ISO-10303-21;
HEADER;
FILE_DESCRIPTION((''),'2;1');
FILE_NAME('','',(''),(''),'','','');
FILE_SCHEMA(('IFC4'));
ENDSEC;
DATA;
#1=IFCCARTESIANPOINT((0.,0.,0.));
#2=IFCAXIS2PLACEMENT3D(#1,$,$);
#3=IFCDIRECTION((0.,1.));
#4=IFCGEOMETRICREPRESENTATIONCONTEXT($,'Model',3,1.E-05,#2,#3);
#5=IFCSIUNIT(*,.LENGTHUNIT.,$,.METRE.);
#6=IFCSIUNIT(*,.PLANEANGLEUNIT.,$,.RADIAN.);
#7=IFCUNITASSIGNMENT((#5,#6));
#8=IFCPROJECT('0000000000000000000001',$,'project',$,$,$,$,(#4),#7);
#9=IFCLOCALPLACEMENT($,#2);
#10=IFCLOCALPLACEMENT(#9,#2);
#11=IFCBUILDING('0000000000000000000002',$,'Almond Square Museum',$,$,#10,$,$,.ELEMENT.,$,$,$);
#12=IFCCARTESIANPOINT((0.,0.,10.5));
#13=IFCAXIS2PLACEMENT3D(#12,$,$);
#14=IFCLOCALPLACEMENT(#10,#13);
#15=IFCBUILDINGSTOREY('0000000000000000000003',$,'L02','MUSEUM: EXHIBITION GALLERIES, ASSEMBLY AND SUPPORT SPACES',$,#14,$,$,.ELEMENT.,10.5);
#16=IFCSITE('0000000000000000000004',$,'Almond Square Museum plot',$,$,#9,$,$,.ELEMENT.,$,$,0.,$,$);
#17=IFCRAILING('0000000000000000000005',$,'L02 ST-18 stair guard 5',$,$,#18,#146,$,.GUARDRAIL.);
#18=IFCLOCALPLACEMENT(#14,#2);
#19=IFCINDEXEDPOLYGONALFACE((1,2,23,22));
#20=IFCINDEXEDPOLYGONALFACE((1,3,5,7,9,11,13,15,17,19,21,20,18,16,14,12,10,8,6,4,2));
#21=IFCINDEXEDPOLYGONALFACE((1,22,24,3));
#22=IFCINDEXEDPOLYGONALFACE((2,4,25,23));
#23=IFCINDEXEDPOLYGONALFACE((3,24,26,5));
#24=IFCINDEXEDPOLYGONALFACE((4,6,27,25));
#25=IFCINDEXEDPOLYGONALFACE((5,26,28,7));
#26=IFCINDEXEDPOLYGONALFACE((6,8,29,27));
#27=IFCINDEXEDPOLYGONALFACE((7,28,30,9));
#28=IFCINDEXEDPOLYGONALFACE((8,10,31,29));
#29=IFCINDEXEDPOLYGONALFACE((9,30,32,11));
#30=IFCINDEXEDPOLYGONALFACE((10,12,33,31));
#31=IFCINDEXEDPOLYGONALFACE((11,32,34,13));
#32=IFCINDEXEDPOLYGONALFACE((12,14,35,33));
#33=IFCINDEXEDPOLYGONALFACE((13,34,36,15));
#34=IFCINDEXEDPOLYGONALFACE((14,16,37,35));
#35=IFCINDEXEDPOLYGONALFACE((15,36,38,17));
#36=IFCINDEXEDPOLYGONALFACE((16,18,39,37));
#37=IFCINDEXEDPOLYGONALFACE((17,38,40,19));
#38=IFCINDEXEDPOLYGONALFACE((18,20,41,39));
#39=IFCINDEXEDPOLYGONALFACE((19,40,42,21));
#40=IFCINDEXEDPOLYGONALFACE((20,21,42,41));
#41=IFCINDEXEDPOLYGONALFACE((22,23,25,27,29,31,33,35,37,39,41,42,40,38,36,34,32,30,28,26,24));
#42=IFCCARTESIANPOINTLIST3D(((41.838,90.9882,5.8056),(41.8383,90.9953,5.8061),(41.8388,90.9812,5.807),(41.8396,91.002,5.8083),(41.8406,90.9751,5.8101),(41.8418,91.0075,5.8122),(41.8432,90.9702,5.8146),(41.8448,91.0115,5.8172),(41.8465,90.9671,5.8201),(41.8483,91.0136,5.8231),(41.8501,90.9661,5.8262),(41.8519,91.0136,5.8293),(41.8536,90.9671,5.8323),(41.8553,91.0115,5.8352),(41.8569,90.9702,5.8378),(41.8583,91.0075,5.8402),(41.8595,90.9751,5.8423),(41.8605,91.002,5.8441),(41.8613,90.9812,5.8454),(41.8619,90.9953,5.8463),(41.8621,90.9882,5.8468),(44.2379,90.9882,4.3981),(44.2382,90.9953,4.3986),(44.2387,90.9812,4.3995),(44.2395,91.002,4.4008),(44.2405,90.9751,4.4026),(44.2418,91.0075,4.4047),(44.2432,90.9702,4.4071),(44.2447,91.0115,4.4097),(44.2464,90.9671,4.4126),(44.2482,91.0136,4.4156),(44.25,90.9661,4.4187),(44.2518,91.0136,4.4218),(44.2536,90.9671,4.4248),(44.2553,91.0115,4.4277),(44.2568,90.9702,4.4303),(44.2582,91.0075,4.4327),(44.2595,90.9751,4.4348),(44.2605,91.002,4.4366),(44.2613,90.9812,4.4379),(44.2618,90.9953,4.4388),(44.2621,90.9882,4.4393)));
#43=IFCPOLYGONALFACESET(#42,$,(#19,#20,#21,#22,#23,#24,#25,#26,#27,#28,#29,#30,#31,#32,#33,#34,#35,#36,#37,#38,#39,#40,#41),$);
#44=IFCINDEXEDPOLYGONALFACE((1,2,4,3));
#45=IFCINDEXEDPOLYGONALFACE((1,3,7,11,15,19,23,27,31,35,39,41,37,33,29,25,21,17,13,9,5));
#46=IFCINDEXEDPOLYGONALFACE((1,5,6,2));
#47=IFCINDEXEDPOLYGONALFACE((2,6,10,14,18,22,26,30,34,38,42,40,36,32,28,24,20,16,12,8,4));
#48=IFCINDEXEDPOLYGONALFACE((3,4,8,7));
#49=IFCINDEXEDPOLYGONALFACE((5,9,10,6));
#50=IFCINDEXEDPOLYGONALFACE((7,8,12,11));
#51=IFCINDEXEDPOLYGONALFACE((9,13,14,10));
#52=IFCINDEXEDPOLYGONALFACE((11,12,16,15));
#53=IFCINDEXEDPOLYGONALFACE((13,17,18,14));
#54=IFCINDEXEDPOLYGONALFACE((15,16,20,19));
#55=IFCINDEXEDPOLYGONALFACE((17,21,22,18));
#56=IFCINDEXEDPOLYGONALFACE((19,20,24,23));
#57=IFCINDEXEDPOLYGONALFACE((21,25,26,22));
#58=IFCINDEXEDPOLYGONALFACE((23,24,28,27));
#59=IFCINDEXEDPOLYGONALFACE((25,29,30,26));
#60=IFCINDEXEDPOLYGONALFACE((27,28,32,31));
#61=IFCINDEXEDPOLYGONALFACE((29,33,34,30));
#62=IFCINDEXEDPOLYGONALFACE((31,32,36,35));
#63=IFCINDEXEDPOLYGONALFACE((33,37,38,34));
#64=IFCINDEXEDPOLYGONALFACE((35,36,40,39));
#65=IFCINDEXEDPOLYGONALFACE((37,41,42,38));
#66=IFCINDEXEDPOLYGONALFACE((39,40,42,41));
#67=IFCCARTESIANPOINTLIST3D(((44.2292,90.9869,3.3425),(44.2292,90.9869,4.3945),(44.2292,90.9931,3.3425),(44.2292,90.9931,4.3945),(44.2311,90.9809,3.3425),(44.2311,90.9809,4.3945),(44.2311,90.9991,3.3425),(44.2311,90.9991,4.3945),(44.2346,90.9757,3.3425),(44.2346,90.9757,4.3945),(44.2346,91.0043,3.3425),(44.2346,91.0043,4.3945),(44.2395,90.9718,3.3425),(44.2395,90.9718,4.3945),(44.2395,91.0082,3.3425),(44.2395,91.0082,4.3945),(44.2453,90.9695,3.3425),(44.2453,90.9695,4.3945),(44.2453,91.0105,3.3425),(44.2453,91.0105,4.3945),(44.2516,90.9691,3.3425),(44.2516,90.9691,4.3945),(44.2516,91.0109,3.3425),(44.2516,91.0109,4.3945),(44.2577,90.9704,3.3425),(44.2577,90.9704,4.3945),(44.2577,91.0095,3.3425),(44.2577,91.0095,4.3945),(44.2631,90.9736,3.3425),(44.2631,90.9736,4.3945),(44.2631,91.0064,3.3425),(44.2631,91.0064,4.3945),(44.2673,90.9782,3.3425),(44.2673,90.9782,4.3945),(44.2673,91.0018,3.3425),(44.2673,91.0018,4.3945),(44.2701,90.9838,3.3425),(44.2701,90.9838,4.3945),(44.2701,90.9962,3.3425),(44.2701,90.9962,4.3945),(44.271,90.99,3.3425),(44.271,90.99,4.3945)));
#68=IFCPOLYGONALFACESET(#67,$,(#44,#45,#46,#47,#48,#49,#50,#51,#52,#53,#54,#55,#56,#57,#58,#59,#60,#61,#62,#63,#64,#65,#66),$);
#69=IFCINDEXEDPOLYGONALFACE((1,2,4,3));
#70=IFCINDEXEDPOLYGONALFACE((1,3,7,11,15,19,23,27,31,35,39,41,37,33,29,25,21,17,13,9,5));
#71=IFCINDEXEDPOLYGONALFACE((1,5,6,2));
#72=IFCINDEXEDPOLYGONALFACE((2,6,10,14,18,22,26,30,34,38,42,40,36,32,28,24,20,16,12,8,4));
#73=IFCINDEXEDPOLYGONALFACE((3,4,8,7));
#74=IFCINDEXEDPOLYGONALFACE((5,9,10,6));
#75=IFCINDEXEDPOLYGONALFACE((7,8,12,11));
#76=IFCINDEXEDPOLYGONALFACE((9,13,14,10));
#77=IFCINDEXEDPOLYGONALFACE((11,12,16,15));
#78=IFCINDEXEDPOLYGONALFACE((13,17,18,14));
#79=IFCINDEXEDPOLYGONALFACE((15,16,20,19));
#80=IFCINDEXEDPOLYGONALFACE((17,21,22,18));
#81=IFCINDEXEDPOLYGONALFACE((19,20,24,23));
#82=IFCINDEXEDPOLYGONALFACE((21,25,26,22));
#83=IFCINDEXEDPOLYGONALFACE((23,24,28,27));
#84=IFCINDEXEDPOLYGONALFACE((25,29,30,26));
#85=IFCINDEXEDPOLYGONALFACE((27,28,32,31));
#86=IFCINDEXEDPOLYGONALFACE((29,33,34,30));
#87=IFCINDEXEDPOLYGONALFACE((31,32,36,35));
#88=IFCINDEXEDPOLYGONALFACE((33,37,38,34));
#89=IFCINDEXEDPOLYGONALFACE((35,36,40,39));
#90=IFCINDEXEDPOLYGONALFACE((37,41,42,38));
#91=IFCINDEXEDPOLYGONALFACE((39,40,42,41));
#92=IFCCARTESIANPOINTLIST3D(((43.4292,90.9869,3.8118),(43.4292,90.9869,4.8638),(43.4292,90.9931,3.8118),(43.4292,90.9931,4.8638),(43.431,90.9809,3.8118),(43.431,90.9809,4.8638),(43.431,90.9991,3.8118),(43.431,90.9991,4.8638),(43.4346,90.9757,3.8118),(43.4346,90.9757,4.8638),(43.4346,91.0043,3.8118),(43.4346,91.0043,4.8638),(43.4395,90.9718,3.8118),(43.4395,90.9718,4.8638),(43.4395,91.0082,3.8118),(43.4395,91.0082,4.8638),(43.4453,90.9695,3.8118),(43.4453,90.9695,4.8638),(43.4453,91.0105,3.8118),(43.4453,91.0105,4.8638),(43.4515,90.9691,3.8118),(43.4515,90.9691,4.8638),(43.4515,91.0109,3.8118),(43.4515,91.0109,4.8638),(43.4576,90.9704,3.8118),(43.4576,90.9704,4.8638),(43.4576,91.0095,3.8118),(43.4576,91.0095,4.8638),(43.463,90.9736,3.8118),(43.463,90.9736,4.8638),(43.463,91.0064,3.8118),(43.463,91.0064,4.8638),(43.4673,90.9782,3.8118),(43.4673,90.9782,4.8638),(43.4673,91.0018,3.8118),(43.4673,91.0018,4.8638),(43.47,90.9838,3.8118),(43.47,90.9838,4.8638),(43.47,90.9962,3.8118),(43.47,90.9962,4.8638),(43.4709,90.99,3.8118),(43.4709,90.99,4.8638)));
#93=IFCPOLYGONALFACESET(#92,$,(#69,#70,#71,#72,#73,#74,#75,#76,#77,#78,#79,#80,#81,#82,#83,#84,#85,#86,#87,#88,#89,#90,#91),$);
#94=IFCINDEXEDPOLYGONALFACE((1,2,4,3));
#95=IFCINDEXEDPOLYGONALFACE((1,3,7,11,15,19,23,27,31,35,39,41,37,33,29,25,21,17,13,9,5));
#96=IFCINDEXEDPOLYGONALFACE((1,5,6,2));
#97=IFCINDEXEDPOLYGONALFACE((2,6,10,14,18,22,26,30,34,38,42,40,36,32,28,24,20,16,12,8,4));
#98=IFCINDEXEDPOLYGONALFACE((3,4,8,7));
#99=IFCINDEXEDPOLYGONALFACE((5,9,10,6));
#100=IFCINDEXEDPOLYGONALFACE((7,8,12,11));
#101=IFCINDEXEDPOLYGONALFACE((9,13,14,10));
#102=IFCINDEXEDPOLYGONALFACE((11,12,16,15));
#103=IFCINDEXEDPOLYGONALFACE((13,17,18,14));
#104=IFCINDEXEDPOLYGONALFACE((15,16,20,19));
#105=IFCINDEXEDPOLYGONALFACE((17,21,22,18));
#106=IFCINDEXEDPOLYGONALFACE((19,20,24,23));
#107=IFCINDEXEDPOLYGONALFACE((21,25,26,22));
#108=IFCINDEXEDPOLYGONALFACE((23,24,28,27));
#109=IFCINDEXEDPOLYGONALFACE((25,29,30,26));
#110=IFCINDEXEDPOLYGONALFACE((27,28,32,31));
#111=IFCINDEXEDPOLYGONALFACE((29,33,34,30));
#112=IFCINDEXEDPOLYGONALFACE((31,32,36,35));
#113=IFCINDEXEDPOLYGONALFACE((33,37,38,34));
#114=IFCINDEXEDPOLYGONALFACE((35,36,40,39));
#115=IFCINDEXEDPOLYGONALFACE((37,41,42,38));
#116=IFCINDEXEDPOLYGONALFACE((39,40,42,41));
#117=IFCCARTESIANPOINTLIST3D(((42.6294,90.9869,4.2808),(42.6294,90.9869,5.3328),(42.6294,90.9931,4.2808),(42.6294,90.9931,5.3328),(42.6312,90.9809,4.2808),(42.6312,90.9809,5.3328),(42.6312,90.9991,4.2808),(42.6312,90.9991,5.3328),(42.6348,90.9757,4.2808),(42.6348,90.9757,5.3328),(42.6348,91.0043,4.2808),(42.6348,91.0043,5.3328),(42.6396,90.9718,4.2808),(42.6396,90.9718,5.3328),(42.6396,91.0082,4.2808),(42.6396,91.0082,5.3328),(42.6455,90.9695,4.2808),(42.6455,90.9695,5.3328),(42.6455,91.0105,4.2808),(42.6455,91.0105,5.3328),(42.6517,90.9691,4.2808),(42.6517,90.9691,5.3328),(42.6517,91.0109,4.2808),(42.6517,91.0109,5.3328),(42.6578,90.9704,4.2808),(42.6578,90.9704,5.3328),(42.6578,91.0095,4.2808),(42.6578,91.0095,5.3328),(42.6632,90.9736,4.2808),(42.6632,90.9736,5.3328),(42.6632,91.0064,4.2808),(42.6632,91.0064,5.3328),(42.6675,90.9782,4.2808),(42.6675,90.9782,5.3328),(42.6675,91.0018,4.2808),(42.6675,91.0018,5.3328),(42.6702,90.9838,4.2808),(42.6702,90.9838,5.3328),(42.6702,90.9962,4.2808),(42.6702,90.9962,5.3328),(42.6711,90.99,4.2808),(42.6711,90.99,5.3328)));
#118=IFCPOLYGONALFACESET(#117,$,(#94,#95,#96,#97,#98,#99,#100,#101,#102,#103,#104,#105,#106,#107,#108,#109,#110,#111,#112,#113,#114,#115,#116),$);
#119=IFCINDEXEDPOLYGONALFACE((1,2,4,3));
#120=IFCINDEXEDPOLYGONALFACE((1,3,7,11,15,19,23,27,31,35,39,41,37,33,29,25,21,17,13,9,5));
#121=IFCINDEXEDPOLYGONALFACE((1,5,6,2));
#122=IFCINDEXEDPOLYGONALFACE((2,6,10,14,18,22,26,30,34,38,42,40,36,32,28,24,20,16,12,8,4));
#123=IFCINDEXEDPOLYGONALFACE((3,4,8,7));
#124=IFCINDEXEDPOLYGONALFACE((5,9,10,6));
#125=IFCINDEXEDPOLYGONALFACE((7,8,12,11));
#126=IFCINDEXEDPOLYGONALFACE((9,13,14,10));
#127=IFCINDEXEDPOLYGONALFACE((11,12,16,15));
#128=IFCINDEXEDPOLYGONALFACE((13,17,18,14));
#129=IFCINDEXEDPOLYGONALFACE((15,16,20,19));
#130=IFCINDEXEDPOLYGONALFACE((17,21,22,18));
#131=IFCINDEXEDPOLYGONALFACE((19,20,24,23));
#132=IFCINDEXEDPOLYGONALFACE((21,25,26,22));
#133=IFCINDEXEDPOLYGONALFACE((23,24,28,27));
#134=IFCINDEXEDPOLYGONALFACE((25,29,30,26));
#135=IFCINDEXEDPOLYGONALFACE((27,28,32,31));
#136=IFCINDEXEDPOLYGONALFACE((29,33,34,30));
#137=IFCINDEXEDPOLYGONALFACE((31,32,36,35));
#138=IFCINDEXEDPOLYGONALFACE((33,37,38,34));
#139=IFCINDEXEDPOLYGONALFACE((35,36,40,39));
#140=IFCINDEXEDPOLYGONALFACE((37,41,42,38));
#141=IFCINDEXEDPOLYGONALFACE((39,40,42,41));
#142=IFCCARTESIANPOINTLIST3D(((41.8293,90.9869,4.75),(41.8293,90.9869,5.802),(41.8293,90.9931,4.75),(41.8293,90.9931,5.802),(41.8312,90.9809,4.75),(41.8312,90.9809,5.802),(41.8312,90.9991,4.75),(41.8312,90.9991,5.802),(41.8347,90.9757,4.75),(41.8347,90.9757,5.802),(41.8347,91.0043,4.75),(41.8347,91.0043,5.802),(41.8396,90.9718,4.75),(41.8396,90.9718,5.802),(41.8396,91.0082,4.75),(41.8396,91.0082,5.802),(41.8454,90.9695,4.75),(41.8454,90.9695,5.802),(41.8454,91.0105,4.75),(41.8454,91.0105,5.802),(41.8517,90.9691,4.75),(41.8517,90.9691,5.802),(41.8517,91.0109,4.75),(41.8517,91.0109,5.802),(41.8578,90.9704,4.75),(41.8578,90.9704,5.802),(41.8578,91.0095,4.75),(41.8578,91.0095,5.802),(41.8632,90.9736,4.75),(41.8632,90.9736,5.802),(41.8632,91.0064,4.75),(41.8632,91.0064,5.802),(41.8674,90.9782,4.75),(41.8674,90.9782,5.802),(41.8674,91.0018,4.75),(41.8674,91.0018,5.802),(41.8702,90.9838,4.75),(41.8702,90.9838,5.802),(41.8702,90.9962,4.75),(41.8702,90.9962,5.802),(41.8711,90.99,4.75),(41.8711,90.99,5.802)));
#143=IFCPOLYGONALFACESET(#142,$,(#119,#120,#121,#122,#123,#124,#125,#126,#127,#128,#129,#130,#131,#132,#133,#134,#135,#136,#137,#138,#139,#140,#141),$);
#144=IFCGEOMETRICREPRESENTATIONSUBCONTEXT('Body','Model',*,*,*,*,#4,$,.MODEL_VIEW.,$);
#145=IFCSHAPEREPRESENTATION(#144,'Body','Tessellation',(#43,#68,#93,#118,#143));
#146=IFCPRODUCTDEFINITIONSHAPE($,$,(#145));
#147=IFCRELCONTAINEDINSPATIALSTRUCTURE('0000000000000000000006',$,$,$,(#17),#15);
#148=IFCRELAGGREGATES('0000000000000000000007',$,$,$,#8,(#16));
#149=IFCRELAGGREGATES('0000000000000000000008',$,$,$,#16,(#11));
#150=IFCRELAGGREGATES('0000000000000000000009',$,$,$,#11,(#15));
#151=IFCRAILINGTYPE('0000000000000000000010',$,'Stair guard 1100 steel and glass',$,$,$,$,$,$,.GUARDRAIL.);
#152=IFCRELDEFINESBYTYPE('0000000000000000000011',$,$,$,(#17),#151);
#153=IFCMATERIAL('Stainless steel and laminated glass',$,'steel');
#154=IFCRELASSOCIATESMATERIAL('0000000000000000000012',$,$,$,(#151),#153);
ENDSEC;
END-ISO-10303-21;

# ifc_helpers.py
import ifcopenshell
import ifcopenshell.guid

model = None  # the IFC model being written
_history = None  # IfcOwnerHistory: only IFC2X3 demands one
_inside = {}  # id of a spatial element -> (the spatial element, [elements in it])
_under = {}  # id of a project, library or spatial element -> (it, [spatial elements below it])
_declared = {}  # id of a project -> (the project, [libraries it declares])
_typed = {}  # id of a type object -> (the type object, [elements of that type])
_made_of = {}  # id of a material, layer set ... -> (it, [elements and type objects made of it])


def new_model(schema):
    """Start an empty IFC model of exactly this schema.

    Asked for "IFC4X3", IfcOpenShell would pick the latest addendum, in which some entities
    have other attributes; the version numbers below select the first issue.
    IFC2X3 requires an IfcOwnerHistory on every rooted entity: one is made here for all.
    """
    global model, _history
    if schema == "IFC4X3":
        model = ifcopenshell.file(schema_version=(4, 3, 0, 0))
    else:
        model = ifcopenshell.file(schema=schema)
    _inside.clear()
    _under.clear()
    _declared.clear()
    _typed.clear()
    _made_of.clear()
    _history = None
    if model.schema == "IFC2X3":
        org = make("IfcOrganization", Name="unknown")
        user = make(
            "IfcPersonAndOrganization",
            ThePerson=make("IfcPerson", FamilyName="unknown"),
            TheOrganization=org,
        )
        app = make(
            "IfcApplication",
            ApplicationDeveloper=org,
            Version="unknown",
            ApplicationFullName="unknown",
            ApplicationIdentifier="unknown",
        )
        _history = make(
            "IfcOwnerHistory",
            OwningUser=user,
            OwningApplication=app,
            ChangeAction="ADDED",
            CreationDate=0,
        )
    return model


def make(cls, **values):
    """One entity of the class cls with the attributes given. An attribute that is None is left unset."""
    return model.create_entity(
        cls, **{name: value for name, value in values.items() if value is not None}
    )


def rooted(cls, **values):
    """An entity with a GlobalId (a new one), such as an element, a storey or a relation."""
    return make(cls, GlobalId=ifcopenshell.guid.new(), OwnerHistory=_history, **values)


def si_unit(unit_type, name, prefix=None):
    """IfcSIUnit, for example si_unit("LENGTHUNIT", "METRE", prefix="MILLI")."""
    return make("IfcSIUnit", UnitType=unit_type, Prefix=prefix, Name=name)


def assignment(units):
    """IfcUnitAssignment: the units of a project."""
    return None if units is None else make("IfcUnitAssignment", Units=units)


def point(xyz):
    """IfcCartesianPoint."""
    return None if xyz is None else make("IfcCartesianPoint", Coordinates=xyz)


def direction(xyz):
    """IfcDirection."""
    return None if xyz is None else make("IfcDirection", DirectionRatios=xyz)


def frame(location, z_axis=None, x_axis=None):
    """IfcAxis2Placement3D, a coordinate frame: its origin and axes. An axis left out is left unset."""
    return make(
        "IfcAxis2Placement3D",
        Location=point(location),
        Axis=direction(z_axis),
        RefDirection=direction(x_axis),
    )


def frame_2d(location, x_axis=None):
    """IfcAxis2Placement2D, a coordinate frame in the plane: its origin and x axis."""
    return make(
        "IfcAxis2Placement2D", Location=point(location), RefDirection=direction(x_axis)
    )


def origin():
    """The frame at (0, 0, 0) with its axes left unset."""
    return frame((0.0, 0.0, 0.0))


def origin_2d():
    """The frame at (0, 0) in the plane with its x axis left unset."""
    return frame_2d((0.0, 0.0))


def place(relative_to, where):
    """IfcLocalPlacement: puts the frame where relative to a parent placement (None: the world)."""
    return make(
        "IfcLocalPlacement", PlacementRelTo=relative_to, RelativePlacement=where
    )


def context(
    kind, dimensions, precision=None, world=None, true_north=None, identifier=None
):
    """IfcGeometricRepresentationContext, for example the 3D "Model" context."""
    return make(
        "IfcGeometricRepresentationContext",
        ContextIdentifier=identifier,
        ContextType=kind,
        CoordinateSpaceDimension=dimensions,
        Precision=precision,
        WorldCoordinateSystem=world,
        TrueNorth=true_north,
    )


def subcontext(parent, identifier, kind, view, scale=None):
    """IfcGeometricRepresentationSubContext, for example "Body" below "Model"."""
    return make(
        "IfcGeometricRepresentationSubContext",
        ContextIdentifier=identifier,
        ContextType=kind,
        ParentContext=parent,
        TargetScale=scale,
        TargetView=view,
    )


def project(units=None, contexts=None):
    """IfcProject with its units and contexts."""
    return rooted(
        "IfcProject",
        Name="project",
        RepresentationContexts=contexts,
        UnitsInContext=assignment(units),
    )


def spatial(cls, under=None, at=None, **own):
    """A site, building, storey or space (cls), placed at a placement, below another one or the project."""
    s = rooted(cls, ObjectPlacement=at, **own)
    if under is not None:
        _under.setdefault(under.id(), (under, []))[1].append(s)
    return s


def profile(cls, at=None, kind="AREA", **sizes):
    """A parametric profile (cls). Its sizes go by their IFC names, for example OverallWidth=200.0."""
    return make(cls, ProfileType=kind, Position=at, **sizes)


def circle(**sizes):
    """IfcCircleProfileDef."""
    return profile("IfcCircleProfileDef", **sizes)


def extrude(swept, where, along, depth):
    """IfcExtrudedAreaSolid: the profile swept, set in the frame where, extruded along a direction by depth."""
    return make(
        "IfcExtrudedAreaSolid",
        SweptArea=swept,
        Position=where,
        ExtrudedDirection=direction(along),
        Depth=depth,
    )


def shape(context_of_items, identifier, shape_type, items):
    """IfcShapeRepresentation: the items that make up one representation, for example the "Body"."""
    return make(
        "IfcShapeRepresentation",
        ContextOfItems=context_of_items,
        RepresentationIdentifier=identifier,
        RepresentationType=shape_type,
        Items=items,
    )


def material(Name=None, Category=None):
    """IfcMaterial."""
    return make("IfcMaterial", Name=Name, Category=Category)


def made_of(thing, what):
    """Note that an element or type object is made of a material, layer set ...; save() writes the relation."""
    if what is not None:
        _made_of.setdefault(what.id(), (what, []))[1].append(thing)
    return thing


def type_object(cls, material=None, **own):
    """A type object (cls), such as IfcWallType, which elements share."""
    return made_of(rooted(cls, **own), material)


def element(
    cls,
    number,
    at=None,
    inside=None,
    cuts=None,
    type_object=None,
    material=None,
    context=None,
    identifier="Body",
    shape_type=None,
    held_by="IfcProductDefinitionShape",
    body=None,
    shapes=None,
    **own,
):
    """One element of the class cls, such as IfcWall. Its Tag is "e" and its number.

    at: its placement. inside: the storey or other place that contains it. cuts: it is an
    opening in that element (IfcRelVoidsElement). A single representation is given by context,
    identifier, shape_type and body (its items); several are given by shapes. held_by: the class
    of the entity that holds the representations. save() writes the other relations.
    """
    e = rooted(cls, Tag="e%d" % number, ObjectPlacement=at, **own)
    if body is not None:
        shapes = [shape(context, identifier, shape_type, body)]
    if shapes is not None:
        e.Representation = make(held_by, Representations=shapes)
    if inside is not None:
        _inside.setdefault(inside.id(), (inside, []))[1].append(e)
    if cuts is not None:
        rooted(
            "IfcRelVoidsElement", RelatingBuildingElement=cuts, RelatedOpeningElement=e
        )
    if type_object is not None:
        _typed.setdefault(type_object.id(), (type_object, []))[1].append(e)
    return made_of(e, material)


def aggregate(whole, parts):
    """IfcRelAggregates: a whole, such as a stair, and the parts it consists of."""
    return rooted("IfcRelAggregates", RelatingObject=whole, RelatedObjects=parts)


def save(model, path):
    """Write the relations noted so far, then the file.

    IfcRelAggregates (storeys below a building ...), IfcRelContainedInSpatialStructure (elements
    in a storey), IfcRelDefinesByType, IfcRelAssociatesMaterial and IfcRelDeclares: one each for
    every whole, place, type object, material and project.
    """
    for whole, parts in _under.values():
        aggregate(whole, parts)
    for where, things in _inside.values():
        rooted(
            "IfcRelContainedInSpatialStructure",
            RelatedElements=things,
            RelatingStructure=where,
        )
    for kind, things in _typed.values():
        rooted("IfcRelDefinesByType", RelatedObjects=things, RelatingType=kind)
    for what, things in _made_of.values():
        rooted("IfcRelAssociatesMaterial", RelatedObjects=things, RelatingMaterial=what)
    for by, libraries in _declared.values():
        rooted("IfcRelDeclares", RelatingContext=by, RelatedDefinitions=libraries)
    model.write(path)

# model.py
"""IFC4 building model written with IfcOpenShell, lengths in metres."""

from ifc_helpers import new_model, si_unit, direction, frame, origin, origin_2d, place, context, subcontext, project, spatial, circle, extrude, material, type_object, element, save


model = new_model("IFC4")

# Units and contexts
model_context = context("Model", 3, precision=1e-05, world=origin(), true_north=direction((0.0, 1.0)))
body_context = subcontext(model_context, "Body", "Model", "MODEL_VIEW")
ifc_project = project(units=[si_unit("LENGTHUNIT", "METRE"), si_unit("PLANEANGLEUNIT", "RADIAN")], contexts=[model_context])

# Site, building, storey
site_placement = place(None, origin())
site = spatial("IfcSite", under=ifc_project, at=site_placement, Name="Almond Square Museum plot", CompositionType="ELEMENT", RefElevation=0.0)
building_placement = place(site_placement, origin())
building = spatial("IfcBuilding", under=site, at=building_placement, Name="Almond Square Museum", CompositionType="ELEMENT")
storey_placement = place(building_placement, frame((0.0, 0.0, 10.5)))
storey = spatial("IfcBuildingStorey", under=building, at=storey_placement, Name="L02", Description="MUSEUM: EXHIBITION GALLERIES, ASSEMBLY AND SUPPORT SPACES", CompositionType="ELEMENT", Elevation=10.5)

# Railing
ifc_material_1 = material(Name="Stainless steel and laminated glass", Category="steel")
railing_type_1 = type_object("IfcRailingType", Name="Stair guard 1100 steel and glass", PredefinedType="GUARDRAIL", material=ifc_material_1)
railing_1_placement = place(storey_placement, frame((44.25, 90.99, 3.3425)))
element("IfcRailing", 1, at=railing_1_placement, inside=storey, type_object=railing_type_1, Name="L02 ST-18 stair guard 5", PredefinedType="GUARDRAIL", context=body_context, shape_type="SweptSolid", body=[
    extrude(circle(Radius=0.0239, at=origin_2d()), frame((0.0, 0.0, 1.0762), z_axis=(-0.862599, 0.0, 0.505888), x_axis=(0.0, -1.0, 0.0)), (0.0, 0.0, 1.0), 2.7822),
    extrude(circle(Radius=0.021, at=origin_2d()), origin(), (0.0, 0.0, 1.0), 1.052),
    extrude(circle(Radius=0.021, at=origin_2d()), frame((-0.8, 0.0, 0.4692)), (0.0, 0.0, 1.0), 1.052),
    extrude(circle(Radius=0.021, at=origin_2d()), frame((-1.5999, 0.0, 0.9382)), (0.0, 0.0, 1.0), 1.052),
    extrude(circle(Radius=0.021, at=origin_2d()), frame((-2.3999, 0.0, 1.4075)), (0.0, 0.0, 1.0), 1.052),
])

save(model, "model.ifc")
